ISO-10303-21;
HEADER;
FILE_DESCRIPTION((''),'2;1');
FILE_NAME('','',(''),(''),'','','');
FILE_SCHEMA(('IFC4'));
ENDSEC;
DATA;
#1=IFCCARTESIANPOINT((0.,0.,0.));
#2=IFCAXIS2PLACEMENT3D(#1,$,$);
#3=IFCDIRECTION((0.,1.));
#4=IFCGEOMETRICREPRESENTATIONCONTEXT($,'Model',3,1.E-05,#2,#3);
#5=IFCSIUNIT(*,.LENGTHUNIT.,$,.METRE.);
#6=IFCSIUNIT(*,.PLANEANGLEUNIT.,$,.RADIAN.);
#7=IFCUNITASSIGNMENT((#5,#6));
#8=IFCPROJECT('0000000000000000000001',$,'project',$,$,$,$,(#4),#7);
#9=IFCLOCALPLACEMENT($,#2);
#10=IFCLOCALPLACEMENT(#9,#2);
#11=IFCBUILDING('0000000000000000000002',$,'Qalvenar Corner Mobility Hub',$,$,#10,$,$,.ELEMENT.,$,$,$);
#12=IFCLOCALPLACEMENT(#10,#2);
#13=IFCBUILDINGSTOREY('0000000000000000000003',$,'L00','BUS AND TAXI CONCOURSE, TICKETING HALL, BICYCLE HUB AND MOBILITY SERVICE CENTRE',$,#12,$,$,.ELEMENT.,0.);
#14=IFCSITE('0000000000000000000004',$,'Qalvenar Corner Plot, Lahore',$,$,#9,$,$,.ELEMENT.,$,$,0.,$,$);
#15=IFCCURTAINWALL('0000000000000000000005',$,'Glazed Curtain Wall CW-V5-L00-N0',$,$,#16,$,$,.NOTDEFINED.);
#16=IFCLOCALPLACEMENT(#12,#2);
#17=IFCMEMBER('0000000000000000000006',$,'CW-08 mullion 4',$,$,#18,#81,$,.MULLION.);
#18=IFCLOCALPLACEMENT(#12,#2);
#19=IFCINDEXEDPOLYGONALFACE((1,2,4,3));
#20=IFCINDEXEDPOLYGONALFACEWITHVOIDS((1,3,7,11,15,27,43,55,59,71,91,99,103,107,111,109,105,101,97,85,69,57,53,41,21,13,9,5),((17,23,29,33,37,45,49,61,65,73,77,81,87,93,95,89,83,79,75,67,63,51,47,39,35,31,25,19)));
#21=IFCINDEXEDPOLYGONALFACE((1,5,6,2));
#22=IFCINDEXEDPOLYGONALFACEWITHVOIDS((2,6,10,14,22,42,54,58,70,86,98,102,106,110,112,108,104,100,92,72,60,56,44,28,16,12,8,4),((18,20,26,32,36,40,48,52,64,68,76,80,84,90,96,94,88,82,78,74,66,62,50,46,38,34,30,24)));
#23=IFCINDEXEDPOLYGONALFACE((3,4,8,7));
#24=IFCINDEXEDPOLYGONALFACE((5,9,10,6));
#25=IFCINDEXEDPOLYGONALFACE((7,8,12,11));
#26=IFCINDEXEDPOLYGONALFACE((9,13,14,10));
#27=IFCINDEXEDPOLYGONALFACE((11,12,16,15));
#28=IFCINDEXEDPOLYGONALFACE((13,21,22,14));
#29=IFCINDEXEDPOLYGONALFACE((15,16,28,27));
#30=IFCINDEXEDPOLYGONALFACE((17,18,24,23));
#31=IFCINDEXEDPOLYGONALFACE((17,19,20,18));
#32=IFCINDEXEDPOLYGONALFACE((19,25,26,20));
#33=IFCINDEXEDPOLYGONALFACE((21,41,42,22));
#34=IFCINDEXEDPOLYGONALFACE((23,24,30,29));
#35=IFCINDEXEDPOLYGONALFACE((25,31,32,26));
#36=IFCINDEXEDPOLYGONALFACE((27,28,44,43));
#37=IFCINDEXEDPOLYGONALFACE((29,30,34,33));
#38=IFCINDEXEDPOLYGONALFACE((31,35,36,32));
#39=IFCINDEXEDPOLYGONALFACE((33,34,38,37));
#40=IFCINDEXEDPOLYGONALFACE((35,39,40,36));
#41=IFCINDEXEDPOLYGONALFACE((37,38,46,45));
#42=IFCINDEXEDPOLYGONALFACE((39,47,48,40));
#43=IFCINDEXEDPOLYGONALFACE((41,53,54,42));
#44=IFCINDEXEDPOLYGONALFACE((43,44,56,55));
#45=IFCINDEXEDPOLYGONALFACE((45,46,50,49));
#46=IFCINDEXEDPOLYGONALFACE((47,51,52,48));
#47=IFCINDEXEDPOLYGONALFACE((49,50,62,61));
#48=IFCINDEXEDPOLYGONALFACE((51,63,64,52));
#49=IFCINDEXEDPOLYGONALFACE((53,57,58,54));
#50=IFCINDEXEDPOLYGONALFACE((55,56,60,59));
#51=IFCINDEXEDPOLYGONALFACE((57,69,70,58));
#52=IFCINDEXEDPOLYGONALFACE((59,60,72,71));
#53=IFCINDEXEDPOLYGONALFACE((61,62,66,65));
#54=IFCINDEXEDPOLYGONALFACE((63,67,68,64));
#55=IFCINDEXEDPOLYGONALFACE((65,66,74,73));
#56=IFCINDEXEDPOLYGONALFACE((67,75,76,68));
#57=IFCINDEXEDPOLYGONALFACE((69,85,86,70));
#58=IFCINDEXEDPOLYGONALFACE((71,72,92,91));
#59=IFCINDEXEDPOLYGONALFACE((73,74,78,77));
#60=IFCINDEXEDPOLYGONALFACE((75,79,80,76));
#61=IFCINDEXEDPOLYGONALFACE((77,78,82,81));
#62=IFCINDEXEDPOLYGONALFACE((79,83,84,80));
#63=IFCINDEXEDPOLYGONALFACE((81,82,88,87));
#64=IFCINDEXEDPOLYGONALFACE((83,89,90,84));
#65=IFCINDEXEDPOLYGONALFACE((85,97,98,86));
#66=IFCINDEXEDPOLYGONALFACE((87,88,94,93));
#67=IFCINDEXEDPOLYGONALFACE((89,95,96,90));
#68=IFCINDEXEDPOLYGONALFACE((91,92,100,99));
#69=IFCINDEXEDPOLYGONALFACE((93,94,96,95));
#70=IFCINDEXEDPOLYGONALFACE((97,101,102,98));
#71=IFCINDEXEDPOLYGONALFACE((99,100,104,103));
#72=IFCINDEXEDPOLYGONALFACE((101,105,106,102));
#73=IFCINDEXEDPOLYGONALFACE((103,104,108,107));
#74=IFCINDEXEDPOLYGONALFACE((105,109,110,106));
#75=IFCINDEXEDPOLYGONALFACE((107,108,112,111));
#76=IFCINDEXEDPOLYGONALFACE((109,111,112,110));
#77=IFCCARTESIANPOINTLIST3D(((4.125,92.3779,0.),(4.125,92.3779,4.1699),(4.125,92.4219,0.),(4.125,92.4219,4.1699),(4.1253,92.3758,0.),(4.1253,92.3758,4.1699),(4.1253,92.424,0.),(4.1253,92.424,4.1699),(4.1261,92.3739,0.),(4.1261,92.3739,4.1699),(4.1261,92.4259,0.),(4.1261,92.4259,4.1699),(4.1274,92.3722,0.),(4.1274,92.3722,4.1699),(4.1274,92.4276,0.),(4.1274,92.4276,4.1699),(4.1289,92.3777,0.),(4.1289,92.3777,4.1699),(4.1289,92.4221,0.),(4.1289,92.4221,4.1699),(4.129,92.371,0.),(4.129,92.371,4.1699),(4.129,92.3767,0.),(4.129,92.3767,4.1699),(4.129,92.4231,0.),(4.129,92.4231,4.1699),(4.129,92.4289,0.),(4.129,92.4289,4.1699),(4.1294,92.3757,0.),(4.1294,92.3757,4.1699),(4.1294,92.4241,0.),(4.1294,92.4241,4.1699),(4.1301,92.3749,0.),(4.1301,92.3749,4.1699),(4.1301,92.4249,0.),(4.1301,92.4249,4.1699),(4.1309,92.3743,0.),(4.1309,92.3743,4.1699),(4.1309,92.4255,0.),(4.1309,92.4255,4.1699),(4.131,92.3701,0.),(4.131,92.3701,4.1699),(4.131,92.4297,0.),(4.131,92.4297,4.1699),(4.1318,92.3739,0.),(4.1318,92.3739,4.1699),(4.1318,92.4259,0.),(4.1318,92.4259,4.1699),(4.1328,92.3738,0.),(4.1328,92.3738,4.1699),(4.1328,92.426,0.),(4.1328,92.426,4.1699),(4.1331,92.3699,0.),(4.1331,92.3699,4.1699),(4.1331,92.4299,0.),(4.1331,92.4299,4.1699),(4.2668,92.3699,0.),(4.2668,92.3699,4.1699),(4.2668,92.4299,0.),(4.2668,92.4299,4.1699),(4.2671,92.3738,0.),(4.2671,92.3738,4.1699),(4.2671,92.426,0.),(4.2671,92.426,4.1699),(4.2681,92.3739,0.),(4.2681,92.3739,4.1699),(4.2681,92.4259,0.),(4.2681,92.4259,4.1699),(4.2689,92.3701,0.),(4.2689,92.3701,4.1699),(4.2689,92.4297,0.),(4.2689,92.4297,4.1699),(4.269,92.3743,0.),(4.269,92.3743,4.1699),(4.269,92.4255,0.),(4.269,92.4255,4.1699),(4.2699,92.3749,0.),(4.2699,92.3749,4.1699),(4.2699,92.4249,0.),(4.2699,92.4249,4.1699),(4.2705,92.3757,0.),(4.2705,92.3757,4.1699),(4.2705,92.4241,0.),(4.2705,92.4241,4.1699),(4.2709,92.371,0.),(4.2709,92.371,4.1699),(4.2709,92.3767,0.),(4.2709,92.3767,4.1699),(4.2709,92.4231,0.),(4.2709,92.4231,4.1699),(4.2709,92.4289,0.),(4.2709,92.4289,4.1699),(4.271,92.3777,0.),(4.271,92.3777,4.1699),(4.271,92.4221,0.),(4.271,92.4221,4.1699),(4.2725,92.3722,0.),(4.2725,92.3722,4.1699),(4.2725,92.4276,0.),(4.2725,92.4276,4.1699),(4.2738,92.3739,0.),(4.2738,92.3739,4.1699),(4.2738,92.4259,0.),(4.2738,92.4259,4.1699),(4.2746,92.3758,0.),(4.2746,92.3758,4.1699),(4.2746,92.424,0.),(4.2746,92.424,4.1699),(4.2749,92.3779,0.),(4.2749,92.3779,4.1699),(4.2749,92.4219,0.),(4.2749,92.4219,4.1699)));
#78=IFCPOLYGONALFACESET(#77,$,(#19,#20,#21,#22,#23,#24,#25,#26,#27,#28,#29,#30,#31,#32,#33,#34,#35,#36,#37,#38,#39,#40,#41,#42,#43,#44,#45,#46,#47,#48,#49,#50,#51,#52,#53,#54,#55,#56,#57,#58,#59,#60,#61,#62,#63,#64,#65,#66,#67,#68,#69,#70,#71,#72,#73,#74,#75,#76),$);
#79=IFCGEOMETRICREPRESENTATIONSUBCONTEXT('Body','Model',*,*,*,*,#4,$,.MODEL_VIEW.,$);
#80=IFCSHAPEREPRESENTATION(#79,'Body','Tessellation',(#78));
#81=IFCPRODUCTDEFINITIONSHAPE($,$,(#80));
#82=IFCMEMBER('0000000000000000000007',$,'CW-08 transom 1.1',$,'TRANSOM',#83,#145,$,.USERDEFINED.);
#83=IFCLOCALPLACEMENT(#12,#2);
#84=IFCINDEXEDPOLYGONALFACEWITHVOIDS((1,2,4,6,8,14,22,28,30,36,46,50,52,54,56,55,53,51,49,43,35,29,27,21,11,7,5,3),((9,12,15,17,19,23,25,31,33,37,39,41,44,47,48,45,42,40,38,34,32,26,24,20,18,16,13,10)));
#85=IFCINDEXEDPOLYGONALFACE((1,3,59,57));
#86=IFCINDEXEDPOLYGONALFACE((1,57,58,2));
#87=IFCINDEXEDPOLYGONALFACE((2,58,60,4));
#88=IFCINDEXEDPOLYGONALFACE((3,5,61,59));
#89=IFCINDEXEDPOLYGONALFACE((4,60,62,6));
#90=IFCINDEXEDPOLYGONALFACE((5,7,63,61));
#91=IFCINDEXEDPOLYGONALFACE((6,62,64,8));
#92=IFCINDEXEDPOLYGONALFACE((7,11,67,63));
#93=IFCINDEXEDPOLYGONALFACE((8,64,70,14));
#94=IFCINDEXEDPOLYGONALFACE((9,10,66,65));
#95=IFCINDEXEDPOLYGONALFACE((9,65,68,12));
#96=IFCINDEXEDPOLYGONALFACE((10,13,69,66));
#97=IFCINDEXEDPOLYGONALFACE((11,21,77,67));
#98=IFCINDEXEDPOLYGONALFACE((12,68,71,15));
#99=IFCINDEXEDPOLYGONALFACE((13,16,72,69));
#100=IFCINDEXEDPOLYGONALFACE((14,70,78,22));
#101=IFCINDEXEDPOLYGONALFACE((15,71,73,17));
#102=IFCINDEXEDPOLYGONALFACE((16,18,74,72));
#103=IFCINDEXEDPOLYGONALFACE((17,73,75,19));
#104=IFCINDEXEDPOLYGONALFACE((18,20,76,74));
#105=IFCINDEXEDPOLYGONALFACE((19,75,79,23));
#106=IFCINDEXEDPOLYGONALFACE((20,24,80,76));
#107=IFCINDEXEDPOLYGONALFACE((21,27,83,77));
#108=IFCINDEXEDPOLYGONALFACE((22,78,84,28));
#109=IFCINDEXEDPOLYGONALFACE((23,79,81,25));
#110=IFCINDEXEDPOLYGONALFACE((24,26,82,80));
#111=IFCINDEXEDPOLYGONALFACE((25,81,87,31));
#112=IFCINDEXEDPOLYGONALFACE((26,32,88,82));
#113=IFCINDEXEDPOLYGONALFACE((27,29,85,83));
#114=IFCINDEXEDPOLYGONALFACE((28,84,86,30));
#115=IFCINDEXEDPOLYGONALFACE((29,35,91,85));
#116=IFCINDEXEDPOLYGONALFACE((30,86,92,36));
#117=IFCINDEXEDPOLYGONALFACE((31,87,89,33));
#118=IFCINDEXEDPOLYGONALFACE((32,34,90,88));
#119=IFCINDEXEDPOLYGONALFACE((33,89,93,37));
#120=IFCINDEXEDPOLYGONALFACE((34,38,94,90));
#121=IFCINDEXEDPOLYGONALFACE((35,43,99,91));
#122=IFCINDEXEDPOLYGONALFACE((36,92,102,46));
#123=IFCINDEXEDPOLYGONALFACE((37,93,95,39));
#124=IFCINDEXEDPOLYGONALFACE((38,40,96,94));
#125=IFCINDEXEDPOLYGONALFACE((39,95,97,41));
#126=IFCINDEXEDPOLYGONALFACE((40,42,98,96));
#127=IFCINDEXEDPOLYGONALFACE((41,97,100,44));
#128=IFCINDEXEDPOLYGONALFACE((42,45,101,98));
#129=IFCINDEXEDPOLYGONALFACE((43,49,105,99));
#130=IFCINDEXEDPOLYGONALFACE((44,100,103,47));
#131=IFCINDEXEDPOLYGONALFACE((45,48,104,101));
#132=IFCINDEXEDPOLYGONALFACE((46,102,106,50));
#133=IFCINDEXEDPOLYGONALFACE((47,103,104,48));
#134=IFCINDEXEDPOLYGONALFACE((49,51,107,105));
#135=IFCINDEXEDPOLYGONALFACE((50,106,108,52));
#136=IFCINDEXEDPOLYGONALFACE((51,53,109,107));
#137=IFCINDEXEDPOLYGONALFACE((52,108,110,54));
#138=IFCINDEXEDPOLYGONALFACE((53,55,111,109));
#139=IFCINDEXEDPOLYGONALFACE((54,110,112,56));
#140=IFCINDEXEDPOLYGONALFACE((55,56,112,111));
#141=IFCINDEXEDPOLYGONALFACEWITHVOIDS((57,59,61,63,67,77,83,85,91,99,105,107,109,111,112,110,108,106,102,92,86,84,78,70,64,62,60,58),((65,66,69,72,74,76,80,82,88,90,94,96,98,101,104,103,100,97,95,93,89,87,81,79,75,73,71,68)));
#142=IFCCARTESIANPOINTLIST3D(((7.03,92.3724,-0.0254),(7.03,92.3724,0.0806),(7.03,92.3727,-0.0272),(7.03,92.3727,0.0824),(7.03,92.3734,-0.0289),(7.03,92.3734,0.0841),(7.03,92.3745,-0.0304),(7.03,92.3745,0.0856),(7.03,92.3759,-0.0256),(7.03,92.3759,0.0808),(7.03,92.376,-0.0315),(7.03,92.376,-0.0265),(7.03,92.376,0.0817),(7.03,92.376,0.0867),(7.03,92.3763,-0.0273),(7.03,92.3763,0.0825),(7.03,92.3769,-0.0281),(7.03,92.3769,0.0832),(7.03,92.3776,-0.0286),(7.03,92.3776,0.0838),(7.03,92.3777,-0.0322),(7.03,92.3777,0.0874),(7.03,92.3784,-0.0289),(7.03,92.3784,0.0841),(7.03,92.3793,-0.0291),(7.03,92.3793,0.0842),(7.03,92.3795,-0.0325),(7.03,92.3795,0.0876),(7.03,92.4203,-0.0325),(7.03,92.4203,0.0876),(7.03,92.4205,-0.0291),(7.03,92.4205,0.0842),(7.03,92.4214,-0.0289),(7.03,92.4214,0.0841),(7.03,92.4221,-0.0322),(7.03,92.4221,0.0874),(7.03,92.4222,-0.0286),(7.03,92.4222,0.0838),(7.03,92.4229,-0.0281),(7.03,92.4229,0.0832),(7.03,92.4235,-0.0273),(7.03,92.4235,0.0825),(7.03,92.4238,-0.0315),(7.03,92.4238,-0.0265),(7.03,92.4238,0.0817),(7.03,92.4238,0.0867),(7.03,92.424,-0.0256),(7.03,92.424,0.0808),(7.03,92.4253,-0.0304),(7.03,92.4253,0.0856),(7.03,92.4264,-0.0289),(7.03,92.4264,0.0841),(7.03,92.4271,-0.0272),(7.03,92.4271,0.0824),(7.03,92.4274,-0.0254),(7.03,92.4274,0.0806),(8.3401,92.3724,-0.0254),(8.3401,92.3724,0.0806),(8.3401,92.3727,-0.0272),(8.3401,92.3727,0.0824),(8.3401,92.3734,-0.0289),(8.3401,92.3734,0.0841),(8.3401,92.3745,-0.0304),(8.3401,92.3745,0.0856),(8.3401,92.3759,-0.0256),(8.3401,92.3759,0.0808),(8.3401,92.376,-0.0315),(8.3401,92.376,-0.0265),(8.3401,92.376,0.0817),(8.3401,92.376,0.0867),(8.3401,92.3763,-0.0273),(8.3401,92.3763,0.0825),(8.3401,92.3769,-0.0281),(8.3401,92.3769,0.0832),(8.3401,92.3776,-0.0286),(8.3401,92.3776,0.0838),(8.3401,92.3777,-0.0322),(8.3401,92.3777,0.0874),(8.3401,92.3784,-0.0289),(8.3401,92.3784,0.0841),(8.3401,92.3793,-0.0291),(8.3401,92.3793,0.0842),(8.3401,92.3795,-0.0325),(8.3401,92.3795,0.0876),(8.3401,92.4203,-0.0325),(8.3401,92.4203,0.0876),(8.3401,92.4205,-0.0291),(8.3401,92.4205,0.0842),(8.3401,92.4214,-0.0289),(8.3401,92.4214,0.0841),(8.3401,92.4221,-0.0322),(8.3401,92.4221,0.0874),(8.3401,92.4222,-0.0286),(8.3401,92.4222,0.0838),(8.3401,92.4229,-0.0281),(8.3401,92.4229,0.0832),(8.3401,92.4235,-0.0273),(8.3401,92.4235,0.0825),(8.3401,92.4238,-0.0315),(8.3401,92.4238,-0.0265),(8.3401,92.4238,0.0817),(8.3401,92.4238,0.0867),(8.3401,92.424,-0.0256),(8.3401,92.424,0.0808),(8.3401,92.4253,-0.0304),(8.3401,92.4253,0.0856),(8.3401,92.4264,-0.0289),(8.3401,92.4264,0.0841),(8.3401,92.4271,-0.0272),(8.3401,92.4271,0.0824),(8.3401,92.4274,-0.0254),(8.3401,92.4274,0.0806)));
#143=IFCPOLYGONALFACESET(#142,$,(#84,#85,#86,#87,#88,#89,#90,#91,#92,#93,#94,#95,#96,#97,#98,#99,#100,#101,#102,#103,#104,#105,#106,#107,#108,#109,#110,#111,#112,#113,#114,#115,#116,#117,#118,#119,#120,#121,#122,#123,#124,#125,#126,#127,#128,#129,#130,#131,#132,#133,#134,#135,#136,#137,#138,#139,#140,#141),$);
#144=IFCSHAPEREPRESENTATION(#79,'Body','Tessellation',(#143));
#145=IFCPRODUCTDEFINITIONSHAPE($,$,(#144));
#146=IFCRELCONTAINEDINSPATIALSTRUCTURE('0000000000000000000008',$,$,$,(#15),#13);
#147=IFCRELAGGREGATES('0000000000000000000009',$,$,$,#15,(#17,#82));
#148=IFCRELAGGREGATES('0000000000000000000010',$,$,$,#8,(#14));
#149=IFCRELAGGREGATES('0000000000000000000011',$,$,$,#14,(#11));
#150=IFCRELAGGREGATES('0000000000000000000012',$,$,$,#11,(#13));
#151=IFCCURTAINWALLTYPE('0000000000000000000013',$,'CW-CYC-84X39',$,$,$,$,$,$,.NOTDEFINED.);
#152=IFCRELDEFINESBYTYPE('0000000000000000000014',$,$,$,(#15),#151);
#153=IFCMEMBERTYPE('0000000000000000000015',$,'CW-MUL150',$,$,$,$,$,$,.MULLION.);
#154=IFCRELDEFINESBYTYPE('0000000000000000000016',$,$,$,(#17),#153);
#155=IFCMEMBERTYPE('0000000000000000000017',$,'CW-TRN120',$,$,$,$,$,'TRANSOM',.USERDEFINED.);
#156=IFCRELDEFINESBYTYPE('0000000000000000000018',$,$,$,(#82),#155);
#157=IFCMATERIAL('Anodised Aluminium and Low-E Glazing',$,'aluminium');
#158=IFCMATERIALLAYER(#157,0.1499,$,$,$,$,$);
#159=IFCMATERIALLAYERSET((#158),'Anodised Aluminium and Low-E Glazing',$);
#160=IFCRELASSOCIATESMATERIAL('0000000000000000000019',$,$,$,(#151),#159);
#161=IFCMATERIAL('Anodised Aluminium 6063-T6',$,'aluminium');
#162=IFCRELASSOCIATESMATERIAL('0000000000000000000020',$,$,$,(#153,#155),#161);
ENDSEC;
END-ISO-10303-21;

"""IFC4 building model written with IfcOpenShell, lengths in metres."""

from ifc_helpers import new_model, si_unit, direction, frame, origin, origin_2d, place, context, subcontext, project, spatial, hollow_rectangle, extrude, material, layer, layer_set, material_profile, profile_set, type_object, element, aggregate, save


model = new_model("IFC4")

# Units and contexts
model_context = context("Model", 3, precision=1e-05, world=origin(), true_north=direction((0.0, 1.0)))
body_context = subcontext(model_context, "Body", "Model", "MODEL_VIEW")
ifc_project = project(units=[si_unit("LENGTHUNIT", "METRE"), si_unit("PLANEANGLEUNIT", "RADIAN")], contexts=[model_context])

# Site, building, storey
site_placement = place(None, origin())
site = spatial("IfcSite", under=ifc_project, at=site_placement, Name="Qalvenar Corner Plot, Lahore", CompositionType="ELEMENT", RefElevation=0.0)
building_placement = place(site_placement, origin())
building = spatial("IfcBuilding", under=site, at=building_placement, Name="Qalvenar Corner Mobility Hub", CompositionType="ELEMENT")
storey_placement = place(building_placement, origin())
storey = spatial("IfcBuildingStorey", under=building, at=storey_placement, Name="L00", Description="BUS AND TAXI CONCOURSE, TICKETING HALL, BICYCLE HUB AND MOBILITY SERVICE CENTRE", CompositionType="ELEMENT", Elevation=0.0)

# Curtain wall, members
ifc_material_1 = material(Name="Anodised Aluminium and Low-E Glazing", Category="aluminium")
ifc_layer_1 = layer(ifc_material_1, 0.1499)
ifc_layer_set_1 = layer_set([ifc_layer_1], Name="Anodised Aluminium and Low-E Glazing")
curtain_wall_type = type_object("IfcCurtainWallType", Name="CW-CYC-84X39", PredefinedType="NOTDEFINED", material=ifc_layer_set_1)
curtain_wall_placement = place(storey_placement, origin())
curtain_wall = element("IfcCurtainWall", 1, at=curtain_wall_placement, inside=storey, type_object=curtain_wall_type, Name="Glazed Curtain Wall CW-V5-L00-N0", PredefinedType="NOTDEFINED")
ifc_material_2 = material(Name="Anodised Aluminium 6063-T6", Category="aluminium")
ifc_material_profile_1 = material_profile(ifc_material_2, hollow_rectangle(XDim=0.0601, YDim=0.1499, WallThickness=0.0039, InnerFilletRadius=0.0039, OuterFilletRadius=0.0081, at=origin_2d()), Name="RHS150x60x4")
ifc_profile_set_1 = profile_set([ifc_material_profile_1], Name="Anodised Aluminium 6063-T6")
member_type_1 = type_object("IfcMemberType", Name="CW-MUL150", PredefinedType="MULLION", material=ifc_profile_set_1)
member_1_placement = place(storey_placement, frame((4.2, 92.3999, 0.0), z_axis=(0.0, 0.0, 1.0), x_axis=(0.0, -1.0, 0.0)))
member_1 = element("IfcMember", 2, at=member_1_placement, type_object=member_type_1, Name="CW-08 mullion 4", PredefinedType="MULLION", context=body_context, shape_type="SweptSolid", body=[
    extrude(hollow_rectangle(XDim=0.0601, YDim=0.1499, WallThickness=0.0039, InnerFilletRadius=0.0039, OuterFilletRadius=0.0081, at=origin_2d()), origin(), (0.0, 0.0, 1.0), 4.1699),
])
ifc_material_profile_2 = material_profile(ifc_material_2, hollow_rectangle(XDim=0.0549, YDim=0.1201, WallThickness=0.0034, InnerFilletRadius=0.0034, OuterFilletRadius=0.0071, at=origin_2d()), Name="RHS120x55x3.5")
ifc_profile_set_2 = profile_set([ifc_material_profile_2], Name="Anodised Aluminium 6063-T6")
member_type_2 = type_object("IfcMemberType", Name="CW-TRN120", ElementType="TRANSOM", PredefinedType="USERDEFINED", material=ifc_profile_set_2)
member_2_placement = place(storey_placement, frame((8.3401, 92.3999, 0.0276), z_axis=(-1.0, 0.0, 0.0), x_axis=(0.0, -1.0, 0.0)))
member_2 = element("IfcMember", 3, at=member_2_placement, type_object=member_type_2, Name="CW-08 transom 1.1", ObjectType="TRANSOM", PredefinedType="USERDEFINED", context=body_context, shape_type="SweptSolid", body=[
    extrude(hollow_rectangle(XDim=0.0549, YDim=0.1201, WallThickness=0.0034, InnerFilletRadius=0.0034, OuterFilletRadius=0.0071, at=origin_2d()), origin(), (0.0, 0.0, 1.0), 1.3101),
])
aggregate(curtain_wall, [member_1, member_2])

save(model, "model.ifc")
